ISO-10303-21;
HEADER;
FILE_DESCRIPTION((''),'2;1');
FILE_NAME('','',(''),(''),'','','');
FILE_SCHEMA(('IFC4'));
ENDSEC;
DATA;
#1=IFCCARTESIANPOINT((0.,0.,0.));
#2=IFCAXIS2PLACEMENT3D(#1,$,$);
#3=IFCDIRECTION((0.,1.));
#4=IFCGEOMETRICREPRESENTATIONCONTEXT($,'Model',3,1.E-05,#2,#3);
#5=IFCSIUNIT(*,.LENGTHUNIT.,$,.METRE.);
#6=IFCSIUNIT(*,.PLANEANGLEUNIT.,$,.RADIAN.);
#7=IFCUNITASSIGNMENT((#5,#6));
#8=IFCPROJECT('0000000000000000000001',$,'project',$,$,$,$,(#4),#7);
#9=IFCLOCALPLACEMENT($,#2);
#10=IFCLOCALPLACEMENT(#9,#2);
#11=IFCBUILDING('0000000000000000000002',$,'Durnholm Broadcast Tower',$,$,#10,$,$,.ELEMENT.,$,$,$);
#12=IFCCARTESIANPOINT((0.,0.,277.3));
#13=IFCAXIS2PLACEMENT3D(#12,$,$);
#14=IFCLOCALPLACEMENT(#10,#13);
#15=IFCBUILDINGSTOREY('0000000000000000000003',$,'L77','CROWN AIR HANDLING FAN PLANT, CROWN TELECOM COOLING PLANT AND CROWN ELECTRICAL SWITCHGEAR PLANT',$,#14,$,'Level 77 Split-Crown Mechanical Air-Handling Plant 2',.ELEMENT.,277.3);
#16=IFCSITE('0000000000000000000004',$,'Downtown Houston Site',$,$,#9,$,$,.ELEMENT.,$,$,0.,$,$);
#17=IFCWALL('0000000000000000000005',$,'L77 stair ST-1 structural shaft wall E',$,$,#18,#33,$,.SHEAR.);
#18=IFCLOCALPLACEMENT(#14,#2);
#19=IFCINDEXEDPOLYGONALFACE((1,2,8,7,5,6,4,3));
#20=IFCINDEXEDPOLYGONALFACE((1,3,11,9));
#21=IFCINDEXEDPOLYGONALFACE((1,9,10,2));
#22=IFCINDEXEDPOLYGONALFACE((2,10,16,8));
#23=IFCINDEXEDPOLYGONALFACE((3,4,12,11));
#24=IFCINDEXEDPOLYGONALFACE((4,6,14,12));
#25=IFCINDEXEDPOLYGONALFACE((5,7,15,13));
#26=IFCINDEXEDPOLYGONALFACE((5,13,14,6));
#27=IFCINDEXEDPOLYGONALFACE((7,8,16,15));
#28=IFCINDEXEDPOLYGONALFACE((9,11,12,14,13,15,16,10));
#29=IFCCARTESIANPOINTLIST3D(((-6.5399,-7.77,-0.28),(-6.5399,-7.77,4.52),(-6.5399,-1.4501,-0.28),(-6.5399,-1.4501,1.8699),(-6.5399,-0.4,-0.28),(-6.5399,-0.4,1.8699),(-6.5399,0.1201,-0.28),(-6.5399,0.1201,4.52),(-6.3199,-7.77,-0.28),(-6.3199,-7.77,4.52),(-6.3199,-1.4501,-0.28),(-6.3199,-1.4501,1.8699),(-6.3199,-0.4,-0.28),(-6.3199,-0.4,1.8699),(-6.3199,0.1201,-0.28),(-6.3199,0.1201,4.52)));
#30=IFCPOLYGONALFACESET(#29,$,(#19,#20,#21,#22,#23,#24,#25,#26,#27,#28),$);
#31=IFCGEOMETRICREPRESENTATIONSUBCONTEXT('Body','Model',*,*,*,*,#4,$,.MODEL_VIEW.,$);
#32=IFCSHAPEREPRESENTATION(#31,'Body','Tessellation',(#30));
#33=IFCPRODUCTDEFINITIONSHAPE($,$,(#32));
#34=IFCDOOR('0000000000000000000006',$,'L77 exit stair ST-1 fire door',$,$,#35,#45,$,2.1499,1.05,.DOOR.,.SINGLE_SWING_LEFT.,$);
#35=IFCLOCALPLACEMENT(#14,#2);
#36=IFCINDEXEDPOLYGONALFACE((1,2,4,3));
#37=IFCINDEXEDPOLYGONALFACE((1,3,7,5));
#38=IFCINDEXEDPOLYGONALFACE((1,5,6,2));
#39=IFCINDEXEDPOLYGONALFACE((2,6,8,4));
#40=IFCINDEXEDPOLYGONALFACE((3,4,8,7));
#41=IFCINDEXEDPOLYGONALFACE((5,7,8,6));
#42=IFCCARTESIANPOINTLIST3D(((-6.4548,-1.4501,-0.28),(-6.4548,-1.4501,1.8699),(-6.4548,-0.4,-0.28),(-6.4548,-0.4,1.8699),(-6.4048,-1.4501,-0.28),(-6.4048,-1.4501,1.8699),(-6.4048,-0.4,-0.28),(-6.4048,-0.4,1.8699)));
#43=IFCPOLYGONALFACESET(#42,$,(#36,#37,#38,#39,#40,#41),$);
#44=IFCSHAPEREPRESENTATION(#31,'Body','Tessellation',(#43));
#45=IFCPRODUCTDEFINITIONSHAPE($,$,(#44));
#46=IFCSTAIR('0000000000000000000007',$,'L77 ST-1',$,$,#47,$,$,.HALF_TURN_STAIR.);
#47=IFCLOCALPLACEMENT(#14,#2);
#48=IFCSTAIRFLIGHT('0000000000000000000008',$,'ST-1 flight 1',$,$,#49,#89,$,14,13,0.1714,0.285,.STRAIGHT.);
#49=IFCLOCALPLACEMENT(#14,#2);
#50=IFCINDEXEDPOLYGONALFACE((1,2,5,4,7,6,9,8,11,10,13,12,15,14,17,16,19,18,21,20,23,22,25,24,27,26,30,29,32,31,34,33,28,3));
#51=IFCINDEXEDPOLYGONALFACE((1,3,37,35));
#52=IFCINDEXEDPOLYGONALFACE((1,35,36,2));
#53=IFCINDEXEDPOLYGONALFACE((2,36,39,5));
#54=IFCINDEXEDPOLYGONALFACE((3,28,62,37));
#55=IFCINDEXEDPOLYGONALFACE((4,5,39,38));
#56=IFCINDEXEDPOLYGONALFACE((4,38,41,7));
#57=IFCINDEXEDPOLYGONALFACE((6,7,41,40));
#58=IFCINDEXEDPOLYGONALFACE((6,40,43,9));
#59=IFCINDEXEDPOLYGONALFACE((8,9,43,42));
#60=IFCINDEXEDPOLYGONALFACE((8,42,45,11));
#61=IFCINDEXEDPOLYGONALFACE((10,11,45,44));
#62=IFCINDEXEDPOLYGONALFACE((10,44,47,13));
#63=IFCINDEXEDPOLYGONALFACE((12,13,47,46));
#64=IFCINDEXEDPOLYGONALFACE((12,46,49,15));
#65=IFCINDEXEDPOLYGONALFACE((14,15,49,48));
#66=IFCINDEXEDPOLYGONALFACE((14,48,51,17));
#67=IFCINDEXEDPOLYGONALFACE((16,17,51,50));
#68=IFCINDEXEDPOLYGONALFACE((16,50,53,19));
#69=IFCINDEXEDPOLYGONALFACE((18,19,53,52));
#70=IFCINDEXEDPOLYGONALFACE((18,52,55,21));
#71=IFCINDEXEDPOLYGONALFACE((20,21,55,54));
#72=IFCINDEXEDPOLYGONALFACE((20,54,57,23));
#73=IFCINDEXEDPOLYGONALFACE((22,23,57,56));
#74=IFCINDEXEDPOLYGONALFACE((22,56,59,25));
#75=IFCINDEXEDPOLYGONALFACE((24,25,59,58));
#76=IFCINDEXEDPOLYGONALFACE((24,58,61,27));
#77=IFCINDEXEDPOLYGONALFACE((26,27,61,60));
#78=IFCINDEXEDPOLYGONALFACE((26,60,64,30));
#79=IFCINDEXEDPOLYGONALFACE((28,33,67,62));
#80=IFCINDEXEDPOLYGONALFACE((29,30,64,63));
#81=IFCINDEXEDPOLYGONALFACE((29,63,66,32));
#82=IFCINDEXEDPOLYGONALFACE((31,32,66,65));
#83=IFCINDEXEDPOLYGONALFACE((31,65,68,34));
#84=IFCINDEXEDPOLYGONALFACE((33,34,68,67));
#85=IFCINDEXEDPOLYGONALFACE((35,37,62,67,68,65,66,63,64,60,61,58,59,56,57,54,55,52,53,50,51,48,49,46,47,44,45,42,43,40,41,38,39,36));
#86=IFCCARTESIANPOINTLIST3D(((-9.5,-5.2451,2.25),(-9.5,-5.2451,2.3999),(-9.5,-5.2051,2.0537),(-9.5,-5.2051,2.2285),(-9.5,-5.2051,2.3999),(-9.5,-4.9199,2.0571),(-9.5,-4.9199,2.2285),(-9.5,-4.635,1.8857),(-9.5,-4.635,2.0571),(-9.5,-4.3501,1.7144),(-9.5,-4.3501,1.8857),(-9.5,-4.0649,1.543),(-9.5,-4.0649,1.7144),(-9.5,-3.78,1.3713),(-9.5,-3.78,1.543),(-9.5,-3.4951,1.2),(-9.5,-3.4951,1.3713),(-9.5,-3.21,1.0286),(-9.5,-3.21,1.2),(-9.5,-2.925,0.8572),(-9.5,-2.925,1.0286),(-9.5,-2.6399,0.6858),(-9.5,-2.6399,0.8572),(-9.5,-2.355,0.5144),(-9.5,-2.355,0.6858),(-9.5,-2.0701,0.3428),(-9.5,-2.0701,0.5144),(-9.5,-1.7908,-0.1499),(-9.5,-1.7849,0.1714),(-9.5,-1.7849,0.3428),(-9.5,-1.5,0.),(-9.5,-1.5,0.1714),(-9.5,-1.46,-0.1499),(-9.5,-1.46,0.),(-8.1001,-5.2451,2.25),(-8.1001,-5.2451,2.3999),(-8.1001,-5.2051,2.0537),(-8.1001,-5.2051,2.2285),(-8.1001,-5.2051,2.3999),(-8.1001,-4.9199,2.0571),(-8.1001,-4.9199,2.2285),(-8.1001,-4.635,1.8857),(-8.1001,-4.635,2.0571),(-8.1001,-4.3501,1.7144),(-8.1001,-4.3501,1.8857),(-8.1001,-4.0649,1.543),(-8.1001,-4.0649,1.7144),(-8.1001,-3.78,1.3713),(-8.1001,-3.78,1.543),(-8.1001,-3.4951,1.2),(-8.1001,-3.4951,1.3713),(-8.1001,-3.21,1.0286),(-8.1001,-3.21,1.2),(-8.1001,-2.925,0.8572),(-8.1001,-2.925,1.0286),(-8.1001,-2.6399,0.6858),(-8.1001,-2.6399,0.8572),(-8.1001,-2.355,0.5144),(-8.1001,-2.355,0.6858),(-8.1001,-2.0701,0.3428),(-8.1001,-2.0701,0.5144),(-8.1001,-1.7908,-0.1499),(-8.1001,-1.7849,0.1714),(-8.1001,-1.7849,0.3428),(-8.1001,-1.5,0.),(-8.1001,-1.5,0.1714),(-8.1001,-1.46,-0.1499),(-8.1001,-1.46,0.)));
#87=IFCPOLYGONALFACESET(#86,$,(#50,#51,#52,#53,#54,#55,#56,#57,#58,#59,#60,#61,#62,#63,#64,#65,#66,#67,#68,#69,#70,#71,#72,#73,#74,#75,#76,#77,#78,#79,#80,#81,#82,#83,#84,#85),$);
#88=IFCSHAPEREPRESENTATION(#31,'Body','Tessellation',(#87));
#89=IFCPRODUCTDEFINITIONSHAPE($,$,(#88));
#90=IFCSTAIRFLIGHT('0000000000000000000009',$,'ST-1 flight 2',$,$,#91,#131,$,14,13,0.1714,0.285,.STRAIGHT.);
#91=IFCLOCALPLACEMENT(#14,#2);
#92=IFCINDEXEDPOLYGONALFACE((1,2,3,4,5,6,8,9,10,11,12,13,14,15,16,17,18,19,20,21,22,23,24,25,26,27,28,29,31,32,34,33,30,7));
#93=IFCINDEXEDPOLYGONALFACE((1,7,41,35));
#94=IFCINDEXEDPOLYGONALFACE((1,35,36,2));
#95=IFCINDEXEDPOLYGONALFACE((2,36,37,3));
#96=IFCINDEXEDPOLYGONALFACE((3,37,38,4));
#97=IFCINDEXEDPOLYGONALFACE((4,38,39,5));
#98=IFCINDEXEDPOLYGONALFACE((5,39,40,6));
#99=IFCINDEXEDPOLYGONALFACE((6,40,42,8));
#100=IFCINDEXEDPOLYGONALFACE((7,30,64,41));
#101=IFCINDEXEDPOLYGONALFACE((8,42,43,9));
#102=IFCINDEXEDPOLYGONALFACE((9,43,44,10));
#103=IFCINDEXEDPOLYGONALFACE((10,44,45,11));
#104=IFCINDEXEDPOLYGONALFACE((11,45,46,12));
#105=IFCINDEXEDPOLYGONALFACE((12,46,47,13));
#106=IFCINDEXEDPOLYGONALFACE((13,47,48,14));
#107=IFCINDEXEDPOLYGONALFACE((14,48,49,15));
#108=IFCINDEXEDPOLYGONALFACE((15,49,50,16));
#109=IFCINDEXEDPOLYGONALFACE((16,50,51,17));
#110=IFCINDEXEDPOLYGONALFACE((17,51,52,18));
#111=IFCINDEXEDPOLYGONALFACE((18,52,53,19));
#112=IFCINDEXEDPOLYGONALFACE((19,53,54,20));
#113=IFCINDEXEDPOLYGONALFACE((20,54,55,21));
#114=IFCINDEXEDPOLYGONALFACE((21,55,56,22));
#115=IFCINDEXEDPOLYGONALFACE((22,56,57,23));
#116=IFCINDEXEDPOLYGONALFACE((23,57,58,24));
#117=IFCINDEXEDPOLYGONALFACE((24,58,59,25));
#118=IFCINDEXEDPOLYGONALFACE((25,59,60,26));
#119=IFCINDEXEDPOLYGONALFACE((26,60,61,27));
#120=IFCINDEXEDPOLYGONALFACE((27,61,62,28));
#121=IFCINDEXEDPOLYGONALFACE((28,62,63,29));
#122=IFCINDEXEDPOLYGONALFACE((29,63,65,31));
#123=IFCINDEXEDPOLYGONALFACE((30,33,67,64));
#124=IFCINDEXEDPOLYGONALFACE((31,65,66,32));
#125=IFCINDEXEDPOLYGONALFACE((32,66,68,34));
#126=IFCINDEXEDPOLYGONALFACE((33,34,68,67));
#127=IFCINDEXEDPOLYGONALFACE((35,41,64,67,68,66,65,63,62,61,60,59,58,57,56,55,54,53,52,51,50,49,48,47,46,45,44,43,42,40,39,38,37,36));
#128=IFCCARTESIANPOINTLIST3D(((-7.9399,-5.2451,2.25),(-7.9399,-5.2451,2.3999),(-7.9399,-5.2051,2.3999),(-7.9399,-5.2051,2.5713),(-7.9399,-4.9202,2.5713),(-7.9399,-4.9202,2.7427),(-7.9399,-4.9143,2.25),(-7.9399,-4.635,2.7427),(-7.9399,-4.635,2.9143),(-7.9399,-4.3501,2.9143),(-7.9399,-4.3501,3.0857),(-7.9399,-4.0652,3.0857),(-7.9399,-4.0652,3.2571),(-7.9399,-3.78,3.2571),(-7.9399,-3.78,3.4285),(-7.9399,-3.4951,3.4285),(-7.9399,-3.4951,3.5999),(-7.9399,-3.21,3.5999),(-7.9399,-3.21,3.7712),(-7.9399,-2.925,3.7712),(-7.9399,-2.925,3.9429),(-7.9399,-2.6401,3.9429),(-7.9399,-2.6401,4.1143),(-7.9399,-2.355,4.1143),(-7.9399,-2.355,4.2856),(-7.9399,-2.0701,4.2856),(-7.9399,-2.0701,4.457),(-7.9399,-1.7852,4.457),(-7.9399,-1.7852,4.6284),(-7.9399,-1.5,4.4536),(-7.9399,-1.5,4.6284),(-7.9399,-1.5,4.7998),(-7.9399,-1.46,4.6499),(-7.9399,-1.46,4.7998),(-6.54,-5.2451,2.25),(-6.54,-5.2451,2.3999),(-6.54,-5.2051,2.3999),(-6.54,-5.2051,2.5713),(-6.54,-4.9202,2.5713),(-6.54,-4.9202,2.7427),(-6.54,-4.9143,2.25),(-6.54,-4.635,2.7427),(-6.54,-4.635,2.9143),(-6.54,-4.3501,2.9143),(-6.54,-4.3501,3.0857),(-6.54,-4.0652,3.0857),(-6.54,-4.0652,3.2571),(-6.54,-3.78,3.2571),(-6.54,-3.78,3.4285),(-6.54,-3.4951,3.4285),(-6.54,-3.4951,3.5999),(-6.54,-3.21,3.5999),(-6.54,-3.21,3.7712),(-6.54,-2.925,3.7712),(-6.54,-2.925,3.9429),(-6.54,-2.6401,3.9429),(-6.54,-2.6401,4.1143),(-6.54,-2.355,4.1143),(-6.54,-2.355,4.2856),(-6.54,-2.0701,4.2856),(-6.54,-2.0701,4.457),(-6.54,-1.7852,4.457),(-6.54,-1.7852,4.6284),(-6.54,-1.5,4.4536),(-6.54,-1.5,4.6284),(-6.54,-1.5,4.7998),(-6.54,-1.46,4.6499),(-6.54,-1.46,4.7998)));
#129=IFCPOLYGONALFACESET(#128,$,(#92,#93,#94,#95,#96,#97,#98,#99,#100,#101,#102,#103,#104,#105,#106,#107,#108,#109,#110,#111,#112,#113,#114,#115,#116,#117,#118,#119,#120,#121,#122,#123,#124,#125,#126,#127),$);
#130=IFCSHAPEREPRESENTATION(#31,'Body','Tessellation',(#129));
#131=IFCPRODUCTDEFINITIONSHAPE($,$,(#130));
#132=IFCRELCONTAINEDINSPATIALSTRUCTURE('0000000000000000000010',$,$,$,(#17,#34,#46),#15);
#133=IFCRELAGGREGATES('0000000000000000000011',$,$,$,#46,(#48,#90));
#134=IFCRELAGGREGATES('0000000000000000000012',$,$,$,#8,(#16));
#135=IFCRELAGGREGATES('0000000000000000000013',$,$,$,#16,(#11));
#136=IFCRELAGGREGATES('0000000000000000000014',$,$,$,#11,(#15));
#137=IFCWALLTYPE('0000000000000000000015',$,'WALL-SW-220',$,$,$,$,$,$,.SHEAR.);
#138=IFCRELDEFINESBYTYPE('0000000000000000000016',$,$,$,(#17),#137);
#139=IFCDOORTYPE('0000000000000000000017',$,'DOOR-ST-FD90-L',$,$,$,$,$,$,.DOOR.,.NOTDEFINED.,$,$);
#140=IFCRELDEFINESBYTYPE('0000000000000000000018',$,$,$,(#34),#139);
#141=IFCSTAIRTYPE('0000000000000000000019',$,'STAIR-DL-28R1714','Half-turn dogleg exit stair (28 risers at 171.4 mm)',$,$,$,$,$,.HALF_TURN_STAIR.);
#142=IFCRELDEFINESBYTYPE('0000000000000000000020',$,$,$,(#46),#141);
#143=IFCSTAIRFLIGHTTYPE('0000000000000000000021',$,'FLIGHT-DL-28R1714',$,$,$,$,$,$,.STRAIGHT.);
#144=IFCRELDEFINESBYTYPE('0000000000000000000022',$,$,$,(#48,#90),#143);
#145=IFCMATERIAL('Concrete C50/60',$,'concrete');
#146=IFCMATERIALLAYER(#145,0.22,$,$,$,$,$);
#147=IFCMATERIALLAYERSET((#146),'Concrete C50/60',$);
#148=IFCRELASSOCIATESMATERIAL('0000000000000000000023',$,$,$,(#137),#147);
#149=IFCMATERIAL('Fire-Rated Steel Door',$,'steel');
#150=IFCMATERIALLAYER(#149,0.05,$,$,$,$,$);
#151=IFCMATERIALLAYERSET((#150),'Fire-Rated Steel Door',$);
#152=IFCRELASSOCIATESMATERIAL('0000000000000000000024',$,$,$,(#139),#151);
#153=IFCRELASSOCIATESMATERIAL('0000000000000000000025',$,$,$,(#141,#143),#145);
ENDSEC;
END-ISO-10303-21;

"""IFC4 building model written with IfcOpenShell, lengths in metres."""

from ifc_helpers import new_model, si_unit, direction, frame, frame_2d, origin, place, context, subcontext, project, spatial, polyline, rectangle, outline, extrude, source, transform, mapped, material, layer, layer_set, type_object, type_shapes, element, fill, aggregate, save


model = new_model("IFC4")

# Units and contexts
model_context = context("Model", 3, precision=1e-05, world=origin(), true_north=direction((0.0, 1.0)))
body_context = subcontext(model_context, "Body", "Model", "MODEL_VIEW")
ifc_project = project(units=[si_unit("LENGTHUNIT", "METRE"), si_unit("PLANEANGLEUNIT", "RADIAN")], contexts=[model_context])

# Site, building, storey
site_placement = place(None, origin())
site = spatial("IfcSite", under=ifc_project, at=site_placement, Name="Downtown Houston Site", CompositionType="ELEMENT", RefElevation=0.0)
building_placement = place(site_placement, origin())
building = spatial("IfcBuilding", under=site, at=building_placement, Name="Durnholm Broadcast Tower", CompositionType="ELEMENT")
storey_placement = place(building_placement, frame((0.0, 0.0, 277.3)))
storey = spatial("IfcBuildingStorey", under=building, at=storey_placement, Name="L77", Description="CROWN AIR HANDLING FAN PLANT, CROWN TELECOM COOLING PLANT AND CROWN ELECTRICAL SWITCHGEAR PLANT", LongName="Level 77 Split-Crown Mechanical Air-Handling Plant 2", CompositionType="ELEMENT", Elevation=277.3)

# Wall, opening, door
ifc_material_1 = material(Name="Concrete C50/60", Category="concrete")
ifc_layer_1 = layer(ifc_material_1, 0.22)
ifc_layer_set_1 = layer_set([ifc_layer_1], Name="Concrete C50/60")
wall_type = type_object("IfcWallType", Name="WALL-SW-220", PredefinedType="SHEAR", material=ifc_layer_set_1)
wall_placement = place(storey_placement, frame((-6.4299, -7.77, -0.28), z_axis=(0.0, 0.0, 1.0), x_axis=(0.0, 1.0, 0.0)))
wall = element("IfcWall", 1, at=wall_placement, inside=storey, type_object=wall_type, Name="L77 stair ST-1 structural shaft wall E", PredefinedType="SHEAR", context=body_context, shape_type="SweptSolid", body=[
    extrude(rectangle(XDim=7.8901, YDim=0.22, at=frame_2d((3.9451, 0.0))), origin(), (0.0, 0.0, 1.0), 4.8),
])
opening_placement = place(wall_placement, frame((6.3201, 0.0, 0.0)))
opening = element("IfcOpeningElement", 2, at=opening_placement, cuts=wall, PredefinedType="OPENING", context=body_context, shape_type="SweptSolid", body=[
    extrude(rectangle(XDim=1.05, YDim=2.1499, at=frame_2d((0.5249, 1.075))), frame((0.0, 0.1201, 0.0), z_axis=(0.0, -1.0, 0.0), x_axis=(1.0, 0.0, 0.0)), (0.0, 0.0, 1.0), 0.24),
])
ifc_material_2 = material(Name="Fire-Rated Steel Door", Category="steel")
ifc_layer_2 = layer(ifc_material_2, 0.05)
ifc_layer_set_2 = layer_set([ifc_layer_2], Name="Fire-Rated Steel Door")
door_type = type_object("IfcDoorType", Name="DOOR-ST-FD90-L", OperationType="NOTDEFINED", PredefinedType="DOOR", material=ifc_layer_set_2)
shared_shape_1 = source(origin(), body_context, "Body", "SweptSolid", [
    extrude(rectangle(XDim=1.05, YDim=2.1499, at=frame_2d((0.5249, 1.075))), frame((0.0, 0.0249, 0.0), z_axis=(0.0, -1.0, 0.0), x_axis=(1.0, 0.0, 0.0)), (0.0, 0.0, 1.0), 0.05),
])
type_shapes(door_type, [shared_shape_1])
door_placement = place(opening_placement, origin())
door = element("IfcDoor", 3, at=door_placement, inside=storey, type_object=door_type, Name="L77 exit stair ST-1 fire door", OperationType="SINGLE_SWING_LEFT", OverallHeight=2.1499, OverallWidth=1.05, PredefinedType="DOOR", context=body_context, shape_type="MappedRepresentation", body=[
    mapped(shared_shape_1, transform((0.0, 0.0, 0.0), x_axis=(1.0, 0.0, 0.0), y_axis=(0.0, 1.0, 0.0), z_axis=(0.0, 0.0, 1.0), scale=1.0)),
])
fill(opening, door)

# Stair, stair flights
stair_type = type_object("IfcStairType", Name="STAIR-DL-28R1714", Description="Half-turn dogleg exit stair (28 risers at 171.4 mm)", PredefinedType="HALF_TURN_STAIR", material=ifc_material_1)
stair_placement = place(storey_placement, origin())
stair = element("IfcStair", 4, at=stair_placement, inside=storey, type_object=stair_type, Name="L77 ST-1", PredefinedType="HALF_TURN_STAIR")
stair_flight_type = type_object("IfcStairFlightType", Name="FLIGHT-DL-28R1714", PredefinedType="STRAIGHT", material=ifc_material_1)
stair_flight_1_placement = place(storey_placement, frame((-8.8, -1.5, 0.0), z_axis=(0.0, 0.0, 1.0), x_axis=(0.0, -1.0, 0.0)))
stair_flight_1 = element("IfcStairFlight", 5, at=stair_flight_1_placement, type_object=stair_flight_type, Name="ST-1 flight 1", NumberOfRisers=14, NumberOfTreads=13, PredefinedType="STRAIGHT", RiserHeight=0.1714, TreadLength=0.285, context=body_context, shape_type="SweptSolid", body=[
    extrude(outline(polyline([(-0.04, -0.1499), (-0.04, 0.0), (0.0, 0.0), (0.0, 0.1714), (0.2849, 0.1714), (0.2849, 0.3428), (0.5701, 0.3428), (0.5701, 0.5144), (0.855, 0.5144), (0.855, 0.6858), (1.1399, 0.6858), (1.1399, 0.8572), (1.425, 0.8572), (1.425, 1.0286), (1.71, 1.0286), (1.71, 1.2), (1.9951, 1.2), (1.9951, 1.3713), (2.28, 1.3713), (2.28, 1.543), (2.5649, 1.543), (2.5649, 1.7144), (2.8501, 1.7144), (2.8501, 1.8857), (3.135, 1.8857), (3.135, 2.0571), (3.4199, 2.0571), (3.4199, 2.2285), (3.7051, 2.2285), (3.7051, 2.3999), (3.7451, 2.3999), (3.7451, 2.25), (3.7051, 2.0537), (0.2908, -0.1499), (-0.04, -0.1499)])), frame((0.0, 0.7, 0.0), z_axis=(0.0, -1.0, 0.0), x_axis=(1.0, 0.0, 0.0)), (0.0, 0.0, 1.0), 1.3999),
])
stair_flight_2_placement = place(storey_placement, frame((-7.24, -5.2051, 2.3999), z_axis=(0.0, 0.0, 1.0), x_axis=(0.0, 1.0, 0.0)))
stair_flight_2 = element("IfcStairFlight", 6, at=stair_flight_2_placement, type_object=stair_flight_type, Name="ST-1 flight 2", NumberOfRisers=14, NumberOfTreads=13, PredefinedType="STRAIGHT", RiserHeight=0.1714, TreadLength=0.285, context=body_context, shape_type="SweptSolid", body=[
    extrude(outline(polyline([(-0.04, -0.1499), (-0.04, 0.0), (0.0, 0.0), (0.0, 0.1714), (0.2849, 0.1714), (0.2849, 0.3428), (0.5701, 0.3428), (0.5701, 0.5144), (0.855, 0.5144), (0.855, 0.6858), (1.1399, 0.6858), (1.1399, 0.8572), (1.425, 0.8572), (1.425, 1.0286), (1.71, 1.0286), (1.71, 1.2), (1.9951, 1.2), (1.9951, 1.3713), (2.28, 1.3713), (2.28, 1.543), (2.5649, 1.543), (2.5649, 1.7144), (2.8501, 1.7144), (2.8501, 1.8857), (3.135, 1.8857), (3.135, 2.0571), (3.4199, 2.0571), (3.4199, 2.2285), (3.7051, 2.2285), (3.7051, 2.3999), (3.7451, 2.3999), (3.7451, 2.25), (3.7051, 2.0537), (0.2908, -0.1499), (-0.04, -0.1499)])), frame((0.0, 0.7, 0.0), z_axis=(0.0, -1.0, 0.0), x_axis=(1.0, 0.0, 0.0)), (0.0, 0.0, 1.0), 1.3999),
])
aggregate(stair, [stair_flight_1, stair_flight_2])

save(model, "model.ifc")
